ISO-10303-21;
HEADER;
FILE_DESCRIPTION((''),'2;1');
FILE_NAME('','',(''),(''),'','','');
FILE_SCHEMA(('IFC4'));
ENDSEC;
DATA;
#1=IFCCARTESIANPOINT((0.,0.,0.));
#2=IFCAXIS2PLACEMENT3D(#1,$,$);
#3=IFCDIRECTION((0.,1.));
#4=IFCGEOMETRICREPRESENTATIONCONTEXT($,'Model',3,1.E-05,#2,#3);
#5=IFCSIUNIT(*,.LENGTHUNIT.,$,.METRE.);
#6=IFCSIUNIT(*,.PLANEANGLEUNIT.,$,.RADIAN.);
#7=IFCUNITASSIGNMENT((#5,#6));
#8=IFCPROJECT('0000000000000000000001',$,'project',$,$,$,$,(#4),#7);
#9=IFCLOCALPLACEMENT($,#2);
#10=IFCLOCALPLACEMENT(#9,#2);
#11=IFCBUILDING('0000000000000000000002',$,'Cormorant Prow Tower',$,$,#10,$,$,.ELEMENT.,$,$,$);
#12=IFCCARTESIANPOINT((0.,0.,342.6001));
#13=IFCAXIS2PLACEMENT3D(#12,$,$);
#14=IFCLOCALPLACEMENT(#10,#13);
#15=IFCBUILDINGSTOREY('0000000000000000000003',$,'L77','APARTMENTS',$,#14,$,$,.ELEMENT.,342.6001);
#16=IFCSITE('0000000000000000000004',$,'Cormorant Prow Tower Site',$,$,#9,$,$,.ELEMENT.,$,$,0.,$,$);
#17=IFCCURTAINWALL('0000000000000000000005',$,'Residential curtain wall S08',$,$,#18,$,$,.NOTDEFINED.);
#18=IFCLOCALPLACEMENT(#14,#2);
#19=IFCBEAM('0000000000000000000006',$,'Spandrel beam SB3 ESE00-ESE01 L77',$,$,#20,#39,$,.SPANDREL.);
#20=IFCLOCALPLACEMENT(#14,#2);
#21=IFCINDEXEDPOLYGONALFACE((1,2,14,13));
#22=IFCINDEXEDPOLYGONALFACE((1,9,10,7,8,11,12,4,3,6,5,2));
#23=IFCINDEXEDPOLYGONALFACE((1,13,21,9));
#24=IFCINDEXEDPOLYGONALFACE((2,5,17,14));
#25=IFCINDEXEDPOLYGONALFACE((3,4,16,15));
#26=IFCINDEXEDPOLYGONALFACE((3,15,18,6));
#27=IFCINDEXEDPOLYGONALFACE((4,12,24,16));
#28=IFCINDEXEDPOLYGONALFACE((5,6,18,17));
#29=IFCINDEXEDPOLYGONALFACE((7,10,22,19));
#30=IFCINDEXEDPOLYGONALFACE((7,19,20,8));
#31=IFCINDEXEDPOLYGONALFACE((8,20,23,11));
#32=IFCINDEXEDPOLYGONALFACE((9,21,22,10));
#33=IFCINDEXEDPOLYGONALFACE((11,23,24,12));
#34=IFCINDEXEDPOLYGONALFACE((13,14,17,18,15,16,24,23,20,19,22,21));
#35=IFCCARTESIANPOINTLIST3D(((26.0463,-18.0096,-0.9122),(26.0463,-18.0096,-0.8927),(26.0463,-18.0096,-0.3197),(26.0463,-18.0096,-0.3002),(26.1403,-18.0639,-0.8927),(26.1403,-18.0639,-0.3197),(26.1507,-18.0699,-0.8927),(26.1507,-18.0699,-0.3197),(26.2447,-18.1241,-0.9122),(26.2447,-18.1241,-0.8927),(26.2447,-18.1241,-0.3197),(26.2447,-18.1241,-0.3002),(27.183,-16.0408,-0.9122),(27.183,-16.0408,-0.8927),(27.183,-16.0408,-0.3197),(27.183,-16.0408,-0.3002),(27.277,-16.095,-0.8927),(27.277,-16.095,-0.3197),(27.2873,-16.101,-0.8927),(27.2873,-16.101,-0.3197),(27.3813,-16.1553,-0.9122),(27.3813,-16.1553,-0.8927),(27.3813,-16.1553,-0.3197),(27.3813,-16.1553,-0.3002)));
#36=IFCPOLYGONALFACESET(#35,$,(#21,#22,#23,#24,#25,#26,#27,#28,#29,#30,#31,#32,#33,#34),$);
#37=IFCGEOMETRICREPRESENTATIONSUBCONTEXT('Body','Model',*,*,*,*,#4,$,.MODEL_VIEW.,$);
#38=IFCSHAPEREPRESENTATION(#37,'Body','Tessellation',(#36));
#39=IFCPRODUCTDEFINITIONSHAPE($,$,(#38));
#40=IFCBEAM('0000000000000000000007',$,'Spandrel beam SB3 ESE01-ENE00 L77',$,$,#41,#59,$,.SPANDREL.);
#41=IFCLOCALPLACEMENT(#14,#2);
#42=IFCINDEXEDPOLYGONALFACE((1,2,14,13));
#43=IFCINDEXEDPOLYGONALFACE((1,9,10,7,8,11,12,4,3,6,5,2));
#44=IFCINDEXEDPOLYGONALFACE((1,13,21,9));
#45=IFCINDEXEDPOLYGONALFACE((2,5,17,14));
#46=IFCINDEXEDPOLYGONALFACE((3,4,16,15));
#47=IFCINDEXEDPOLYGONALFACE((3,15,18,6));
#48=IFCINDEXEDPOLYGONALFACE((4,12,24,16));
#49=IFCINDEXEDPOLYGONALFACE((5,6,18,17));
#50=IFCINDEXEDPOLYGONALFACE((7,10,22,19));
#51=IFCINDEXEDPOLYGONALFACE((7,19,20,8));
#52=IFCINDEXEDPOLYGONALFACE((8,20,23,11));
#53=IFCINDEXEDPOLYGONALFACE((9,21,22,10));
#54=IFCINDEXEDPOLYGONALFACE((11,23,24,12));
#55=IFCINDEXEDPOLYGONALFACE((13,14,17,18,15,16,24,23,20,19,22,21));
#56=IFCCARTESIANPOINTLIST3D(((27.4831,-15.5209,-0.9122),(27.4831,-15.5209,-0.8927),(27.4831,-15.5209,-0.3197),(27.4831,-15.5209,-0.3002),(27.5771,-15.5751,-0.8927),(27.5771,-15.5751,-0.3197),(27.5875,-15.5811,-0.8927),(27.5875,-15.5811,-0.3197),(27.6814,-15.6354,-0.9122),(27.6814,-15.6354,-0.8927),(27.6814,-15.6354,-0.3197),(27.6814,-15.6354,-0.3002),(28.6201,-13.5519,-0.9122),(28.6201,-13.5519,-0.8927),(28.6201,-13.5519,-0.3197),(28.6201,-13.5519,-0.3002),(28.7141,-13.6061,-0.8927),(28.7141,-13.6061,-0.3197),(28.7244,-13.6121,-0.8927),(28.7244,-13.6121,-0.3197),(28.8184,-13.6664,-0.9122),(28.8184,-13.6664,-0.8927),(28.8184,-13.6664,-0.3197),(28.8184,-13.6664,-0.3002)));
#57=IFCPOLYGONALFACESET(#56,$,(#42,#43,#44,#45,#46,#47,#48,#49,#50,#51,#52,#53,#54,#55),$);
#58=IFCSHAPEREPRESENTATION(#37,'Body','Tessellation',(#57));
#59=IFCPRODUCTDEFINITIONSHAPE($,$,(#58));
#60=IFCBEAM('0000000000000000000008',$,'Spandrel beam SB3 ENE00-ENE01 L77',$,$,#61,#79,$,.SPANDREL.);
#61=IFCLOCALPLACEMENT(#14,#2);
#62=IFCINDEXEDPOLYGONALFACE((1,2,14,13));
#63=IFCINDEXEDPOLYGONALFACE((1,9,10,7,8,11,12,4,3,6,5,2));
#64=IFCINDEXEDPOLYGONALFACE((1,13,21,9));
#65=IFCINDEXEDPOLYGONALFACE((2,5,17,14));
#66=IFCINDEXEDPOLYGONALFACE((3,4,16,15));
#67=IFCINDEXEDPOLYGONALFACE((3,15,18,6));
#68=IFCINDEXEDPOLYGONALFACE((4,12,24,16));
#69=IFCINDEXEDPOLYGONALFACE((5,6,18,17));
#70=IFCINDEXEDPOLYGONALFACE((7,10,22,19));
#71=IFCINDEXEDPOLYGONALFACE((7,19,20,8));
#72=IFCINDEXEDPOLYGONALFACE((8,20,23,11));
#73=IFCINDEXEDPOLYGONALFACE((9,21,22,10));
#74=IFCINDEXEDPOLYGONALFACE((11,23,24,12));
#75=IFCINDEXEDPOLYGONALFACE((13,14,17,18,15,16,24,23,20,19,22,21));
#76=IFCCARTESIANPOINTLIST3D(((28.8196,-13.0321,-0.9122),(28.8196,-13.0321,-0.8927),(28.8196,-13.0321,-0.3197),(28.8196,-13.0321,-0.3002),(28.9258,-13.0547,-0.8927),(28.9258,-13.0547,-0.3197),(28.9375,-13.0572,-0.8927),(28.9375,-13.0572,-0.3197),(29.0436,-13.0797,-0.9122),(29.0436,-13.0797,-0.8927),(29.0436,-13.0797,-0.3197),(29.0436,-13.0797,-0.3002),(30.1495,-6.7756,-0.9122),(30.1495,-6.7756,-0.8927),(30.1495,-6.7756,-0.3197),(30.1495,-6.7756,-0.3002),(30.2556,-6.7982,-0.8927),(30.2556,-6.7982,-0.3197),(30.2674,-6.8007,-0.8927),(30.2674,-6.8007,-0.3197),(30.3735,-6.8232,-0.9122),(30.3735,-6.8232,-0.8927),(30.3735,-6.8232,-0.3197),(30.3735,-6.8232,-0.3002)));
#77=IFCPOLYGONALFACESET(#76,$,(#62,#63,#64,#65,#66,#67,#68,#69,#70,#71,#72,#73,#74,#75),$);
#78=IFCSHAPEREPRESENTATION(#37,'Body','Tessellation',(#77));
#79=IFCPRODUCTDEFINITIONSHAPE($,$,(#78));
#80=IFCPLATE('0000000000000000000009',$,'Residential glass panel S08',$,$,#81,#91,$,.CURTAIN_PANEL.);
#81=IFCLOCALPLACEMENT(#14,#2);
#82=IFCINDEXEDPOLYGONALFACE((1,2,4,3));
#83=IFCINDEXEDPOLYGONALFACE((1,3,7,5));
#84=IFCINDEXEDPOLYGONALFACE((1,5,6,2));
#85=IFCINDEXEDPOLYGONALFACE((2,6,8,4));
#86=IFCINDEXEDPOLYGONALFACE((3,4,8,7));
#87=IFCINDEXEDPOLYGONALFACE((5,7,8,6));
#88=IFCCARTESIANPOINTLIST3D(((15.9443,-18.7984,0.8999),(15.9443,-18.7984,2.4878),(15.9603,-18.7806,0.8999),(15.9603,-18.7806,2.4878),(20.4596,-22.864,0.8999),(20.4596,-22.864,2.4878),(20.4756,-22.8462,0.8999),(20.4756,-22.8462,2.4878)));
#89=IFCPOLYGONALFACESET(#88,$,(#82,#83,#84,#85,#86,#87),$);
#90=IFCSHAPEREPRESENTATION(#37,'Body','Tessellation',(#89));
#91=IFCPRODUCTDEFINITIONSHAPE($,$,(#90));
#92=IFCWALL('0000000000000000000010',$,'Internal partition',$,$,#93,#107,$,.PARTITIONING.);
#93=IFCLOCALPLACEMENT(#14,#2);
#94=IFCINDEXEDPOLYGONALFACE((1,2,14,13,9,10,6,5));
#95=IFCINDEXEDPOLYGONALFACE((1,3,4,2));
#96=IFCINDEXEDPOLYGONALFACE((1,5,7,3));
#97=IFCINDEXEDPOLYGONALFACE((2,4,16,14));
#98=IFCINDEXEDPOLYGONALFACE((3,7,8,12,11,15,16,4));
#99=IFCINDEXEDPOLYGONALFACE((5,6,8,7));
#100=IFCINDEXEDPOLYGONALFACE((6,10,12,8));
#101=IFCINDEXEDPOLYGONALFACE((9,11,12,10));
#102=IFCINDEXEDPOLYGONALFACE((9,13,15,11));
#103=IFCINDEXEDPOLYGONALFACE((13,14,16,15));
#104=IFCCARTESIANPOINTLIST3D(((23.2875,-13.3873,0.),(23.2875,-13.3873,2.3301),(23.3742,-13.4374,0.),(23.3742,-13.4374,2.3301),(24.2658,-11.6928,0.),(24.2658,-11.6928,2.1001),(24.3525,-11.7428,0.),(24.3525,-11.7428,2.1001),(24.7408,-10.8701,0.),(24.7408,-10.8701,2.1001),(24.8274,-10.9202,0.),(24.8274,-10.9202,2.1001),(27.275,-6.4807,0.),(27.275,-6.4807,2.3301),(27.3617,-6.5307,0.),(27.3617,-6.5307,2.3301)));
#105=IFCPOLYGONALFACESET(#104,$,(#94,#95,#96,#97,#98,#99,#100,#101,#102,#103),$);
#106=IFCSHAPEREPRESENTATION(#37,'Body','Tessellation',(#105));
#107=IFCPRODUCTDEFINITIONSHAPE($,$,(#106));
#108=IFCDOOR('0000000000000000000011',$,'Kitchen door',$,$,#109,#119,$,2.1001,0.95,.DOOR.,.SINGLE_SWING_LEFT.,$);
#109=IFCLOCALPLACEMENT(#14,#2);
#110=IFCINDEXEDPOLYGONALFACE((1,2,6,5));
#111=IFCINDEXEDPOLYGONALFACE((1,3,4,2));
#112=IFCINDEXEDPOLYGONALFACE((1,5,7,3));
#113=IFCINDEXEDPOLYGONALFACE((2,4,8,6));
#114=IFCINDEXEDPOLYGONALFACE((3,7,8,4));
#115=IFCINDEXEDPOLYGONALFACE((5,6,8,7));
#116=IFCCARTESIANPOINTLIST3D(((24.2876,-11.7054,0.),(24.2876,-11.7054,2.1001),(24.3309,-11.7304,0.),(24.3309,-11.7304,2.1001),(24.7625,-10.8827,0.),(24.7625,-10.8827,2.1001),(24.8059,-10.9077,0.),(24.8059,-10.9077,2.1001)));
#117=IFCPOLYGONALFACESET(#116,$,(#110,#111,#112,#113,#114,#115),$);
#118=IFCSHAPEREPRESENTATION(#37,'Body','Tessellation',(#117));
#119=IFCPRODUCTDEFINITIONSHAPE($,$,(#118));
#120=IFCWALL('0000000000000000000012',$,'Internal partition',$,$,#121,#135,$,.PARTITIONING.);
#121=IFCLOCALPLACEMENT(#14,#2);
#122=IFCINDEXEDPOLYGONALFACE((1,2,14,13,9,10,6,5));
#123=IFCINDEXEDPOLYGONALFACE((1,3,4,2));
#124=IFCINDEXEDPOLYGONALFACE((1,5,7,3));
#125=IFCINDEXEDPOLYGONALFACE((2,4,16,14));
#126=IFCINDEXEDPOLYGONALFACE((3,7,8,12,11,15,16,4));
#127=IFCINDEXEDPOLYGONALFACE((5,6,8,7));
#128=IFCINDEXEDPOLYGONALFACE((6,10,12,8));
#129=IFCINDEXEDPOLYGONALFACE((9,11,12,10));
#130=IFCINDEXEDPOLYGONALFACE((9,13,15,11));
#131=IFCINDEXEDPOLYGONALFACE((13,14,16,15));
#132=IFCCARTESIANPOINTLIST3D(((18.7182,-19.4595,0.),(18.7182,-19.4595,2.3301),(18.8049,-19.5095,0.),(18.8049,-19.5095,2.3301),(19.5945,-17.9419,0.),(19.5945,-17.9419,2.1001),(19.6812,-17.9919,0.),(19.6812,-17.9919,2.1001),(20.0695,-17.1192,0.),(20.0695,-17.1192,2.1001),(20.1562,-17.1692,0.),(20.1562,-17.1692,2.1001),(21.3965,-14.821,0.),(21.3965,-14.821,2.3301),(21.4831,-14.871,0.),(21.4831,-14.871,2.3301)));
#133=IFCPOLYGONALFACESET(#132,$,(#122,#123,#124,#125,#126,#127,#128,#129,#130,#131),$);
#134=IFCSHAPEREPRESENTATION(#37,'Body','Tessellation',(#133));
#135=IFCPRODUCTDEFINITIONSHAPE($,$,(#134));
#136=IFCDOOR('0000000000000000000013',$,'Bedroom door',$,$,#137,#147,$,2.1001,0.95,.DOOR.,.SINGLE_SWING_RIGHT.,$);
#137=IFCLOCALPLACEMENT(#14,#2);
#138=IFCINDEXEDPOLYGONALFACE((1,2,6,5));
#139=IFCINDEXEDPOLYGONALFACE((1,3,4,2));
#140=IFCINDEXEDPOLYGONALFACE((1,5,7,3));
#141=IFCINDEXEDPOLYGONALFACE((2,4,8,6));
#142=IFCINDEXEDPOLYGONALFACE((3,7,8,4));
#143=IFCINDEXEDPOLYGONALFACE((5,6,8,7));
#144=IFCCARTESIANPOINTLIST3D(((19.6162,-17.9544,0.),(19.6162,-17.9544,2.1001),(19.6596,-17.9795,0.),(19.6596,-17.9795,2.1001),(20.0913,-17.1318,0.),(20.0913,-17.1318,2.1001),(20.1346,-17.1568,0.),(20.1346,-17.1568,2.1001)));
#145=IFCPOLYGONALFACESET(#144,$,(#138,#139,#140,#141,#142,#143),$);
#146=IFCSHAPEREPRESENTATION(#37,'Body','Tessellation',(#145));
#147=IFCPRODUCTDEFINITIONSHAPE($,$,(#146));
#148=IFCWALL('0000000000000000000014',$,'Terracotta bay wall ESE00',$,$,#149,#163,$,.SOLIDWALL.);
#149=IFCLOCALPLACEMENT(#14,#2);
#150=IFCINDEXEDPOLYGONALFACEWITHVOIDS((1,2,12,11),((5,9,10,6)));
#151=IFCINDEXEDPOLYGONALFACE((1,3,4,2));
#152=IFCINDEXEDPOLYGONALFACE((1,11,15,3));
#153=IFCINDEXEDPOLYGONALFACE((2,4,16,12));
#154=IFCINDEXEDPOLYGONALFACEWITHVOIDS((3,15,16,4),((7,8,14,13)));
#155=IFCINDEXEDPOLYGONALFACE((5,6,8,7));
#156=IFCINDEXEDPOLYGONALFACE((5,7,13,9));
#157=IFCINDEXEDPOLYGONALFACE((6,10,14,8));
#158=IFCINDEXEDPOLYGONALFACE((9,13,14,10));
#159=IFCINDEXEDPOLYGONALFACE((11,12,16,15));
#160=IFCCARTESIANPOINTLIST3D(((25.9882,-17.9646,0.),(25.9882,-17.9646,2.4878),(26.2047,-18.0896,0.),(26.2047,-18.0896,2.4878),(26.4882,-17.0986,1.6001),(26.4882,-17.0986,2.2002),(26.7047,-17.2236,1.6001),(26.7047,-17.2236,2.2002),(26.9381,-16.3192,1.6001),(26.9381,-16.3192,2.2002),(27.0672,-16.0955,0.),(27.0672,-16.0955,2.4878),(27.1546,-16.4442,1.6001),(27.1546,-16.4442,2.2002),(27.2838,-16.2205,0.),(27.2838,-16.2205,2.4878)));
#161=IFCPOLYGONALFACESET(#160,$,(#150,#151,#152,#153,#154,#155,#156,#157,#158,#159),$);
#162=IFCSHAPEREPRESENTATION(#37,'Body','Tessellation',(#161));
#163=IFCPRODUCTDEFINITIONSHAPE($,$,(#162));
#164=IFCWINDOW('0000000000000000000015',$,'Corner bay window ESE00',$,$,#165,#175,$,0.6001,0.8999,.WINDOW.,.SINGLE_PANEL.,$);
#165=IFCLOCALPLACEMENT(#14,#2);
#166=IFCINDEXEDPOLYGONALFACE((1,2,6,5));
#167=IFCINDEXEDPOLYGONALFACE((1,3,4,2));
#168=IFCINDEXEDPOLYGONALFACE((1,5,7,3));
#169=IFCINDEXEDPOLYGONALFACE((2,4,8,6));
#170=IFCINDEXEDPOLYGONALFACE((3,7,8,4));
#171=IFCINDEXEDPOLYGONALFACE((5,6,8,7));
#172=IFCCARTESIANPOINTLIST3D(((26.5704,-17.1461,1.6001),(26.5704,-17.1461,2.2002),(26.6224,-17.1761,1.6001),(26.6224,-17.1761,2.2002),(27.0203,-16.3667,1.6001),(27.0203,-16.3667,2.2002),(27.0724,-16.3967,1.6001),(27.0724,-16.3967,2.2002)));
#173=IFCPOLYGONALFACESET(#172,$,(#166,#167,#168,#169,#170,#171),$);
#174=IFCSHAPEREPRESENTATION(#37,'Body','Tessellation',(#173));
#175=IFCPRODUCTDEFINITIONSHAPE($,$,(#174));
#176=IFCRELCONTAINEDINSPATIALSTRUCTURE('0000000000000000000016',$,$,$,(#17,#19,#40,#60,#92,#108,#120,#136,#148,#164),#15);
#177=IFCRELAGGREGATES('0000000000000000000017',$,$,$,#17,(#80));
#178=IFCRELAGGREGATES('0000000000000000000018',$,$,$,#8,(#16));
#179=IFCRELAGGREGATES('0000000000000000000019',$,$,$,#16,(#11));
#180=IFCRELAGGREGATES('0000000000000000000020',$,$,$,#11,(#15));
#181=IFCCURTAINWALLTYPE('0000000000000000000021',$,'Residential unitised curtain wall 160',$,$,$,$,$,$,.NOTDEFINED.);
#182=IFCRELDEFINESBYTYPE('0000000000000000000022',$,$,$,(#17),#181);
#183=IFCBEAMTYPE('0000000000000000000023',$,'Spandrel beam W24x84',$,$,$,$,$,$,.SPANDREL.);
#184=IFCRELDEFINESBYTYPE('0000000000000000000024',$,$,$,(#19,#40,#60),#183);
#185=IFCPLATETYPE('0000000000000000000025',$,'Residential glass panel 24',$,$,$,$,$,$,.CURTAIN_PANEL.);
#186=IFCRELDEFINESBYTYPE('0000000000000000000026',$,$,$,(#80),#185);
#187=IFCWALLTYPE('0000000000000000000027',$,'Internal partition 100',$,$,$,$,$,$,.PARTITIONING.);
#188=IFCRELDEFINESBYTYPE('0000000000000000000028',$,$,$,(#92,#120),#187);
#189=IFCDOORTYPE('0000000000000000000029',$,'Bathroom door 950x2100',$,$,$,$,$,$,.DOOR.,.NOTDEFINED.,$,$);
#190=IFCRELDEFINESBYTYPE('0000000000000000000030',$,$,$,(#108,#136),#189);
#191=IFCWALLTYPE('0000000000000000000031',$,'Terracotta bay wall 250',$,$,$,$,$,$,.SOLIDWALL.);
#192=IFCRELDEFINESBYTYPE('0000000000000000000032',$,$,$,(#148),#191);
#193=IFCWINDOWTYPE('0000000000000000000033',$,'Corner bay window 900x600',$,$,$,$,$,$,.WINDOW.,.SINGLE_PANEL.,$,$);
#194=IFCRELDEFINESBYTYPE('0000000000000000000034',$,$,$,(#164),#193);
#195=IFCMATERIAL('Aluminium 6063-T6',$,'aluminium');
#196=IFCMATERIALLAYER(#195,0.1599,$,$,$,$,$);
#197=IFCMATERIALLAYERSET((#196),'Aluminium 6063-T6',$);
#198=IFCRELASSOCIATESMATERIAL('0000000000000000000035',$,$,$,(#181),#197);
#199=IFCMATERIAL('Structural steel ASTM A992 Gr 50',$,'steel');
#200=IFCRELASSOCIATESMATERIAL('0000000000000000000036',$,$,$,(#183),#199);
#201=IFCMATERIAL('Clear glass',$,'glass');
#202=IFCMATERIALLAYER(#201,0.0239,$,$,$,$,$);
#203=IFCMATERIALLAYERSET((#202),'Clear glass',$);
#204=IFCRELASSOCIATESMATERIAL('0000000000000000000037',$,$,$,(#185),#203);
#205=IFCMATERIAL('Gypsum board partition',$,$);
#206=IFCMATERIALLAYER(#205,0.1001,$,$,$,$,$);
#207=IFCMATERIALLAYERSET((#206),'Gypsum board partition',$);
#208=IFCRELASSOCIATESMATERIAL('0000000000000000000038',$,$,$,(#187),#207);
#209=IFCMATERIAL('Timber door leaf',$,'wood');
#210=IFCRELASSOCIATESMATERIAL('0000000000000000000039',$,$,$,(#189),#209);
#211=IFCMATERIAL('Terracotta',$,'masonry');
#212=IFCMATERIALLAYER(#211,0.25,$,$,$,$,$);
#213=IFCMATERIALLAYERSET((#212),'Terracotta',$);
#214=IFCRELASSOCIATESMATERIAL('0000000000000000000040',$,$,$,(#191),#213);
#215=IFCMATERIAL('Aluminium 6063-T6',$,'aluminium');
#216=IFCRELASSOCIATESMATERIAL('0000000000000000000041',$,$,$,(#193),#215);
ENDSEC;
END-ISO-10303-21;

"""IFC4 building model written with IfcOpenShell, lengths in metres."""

from ifc_helpers import new_model, si_unit, direction, frame, frame_2d, origin, origin_2d, place, context, subcontext, project, spatial, rectangle, i_section, extrude, material, layer, layer_set, material_profile, profile_set, type_object, element, fill, aggregate, save


model = new_model("IFC4")

# Units and contexts
model_context = context("Model", 3, precision=1e-05, world=origin(), true_north=direction((0.0, 1.0)))
body_context = subcontext(model_context, "Body", "Model", "MODEL_VIEW")
ifc_project = project(units=[si_unit("LENGTHUNIT", "METRE"), si_unit("PLANEANGLEUNIT", "RADIAN")], contexts=[model_context])

# Site, building, storey
site_placement = place(None, origin())
site = spatial("IfcSite", under=ifc_project, at=site_placement, Name="Cormorant Prow Tower Site", CompositionType="ELEMENT", RefElevation=0.0)
building_placement = place(site_placement, origin())
building = spatial("IfcBuilding", under=site, at=building_placement, Name="Cormorant Prow Tower", CompositionType="ELEMENT")
storey_placement = place(building_placement, frame((0.0, 0.0, 342.6001)))
storey = spatial("IfcBuildingStorey", under=building, at=storey_placement, Name="L77", Description="APARTMENTS", CompositionType="ELEMENT", Elevation=342.6001)

# Curtain wall
ifc_material_1 = material(Name="Aluminium 6063-T6", Category="aluminium")
ifc_layer_1 = layer(ifc_material_1, 0.1599)
ifc_layer_set_1 = layer_set([ifc_layer_1], Name="Aluminium 6063-T6")
curtain_wall_type = type_object("IfcCurtainWallType", Name="Residential unitised curtain wall 160", PredefinedType="NOTDEFINED", material=ifc_layer_set_1)
curtain_wall_placement = place(storey_placement, origin())
curtain_wall = element("IfcCurtainWall", 1, at=curtain_wall_placement, inside=storey, type_object=curtain_wall_type, Name="Residential curtain wall S08", PredefinedType="NOTDEFINED")

# Beams
ifc_material_2 = material(Name="Structural steel ASTM A992 Gr 50", Category="steel")
ifc_material_profile_1 = material_profile(ifc_material_2, i_section(OverallWidth=0.229, OverallDepth=0.6121, WebThickness=0.012, FlangeThickness=0.0195, at=origin_2d()), Name="W24x84")
ifc_profile_set_1 = profile_set([ifc_material_profile_1], Name="Structural steel ASTM A992 Gr 50")
beam_type = type_object("IfcBeamType", Name="Spandrel beam W24x84", PredefinedType="SPANDREL", material=ifc_profile_set_1)
beam_1_placement = place(storey_placement, frame((26.1455, -18.0669, -0.6062), z_axis=(0.499973, 0.866041, 0.0), x_axis=(-0.866041, 0.499973, 0.0)))
element("IfcBeam", 2, at=beam_1_placement, inside=storey, type_object=beam_type, Name="Spandrel beam SB3 ESE00-ESE01 L77", PredefinedType="SPANDREL", context=body_context, shape_type="SweptSolid", body=[
    extrude(i_section(OverallWidth=0.229, OverallDepth=0.6121, WebThickness=0.012, FlangeThickness=0.0195, at=origin_2d()), origin(), (0.0, 0.0, 1.0), 2.2734),
])
beam_2_placement = place(storey_placement, frame((27.5823, -15.5781, -0.6062), z_axis=(0.500054, 0.865994, 0.0), x_axis=(-0.865994, 0.500054, 0.0)))
element("IfcBeam", 3, at=beam_2_placement, inside=storey, type_object=beam_type, Name="Spandrel beam SB3 ESE01-ENE00 L77", PredefinedType="SPANDREL", context=body_context, shape_type="SweptSolid", body=[
    extrude(i_section(OverallWidth=0.229, OverallDepth=0.6121, WebThickness=0.012, FlangeThickness=0.0195, at=origin_2d()), origin(), (0.0, 0.0, 1.0), 2.2737),
])
beam_3_placement = place(storey_placement, frame((28.9316, -13.0559, -0.6062), z_axis=(0.207913, 0.978147, 0.0), x_axis=(-0.978147, 0.207913, 0.0)))
element("IfcBeam", 4, at=beam_3_placement, inside=storey, type_object=beam_type, Name="Spandrel beam SB3 ENE00-ENE01 L77", PredefinedType="SPANDREL", context=body_context, shape_type="SweptSolid", body=[
    extrude(i_section(OverallWidth=0.229, OverallDepth=0.6121, WebThickness=0.012, FlangeThickness=0.0195, at=origin_2d()), origin(), (0.0, 0.0, 1.0), 6.3962),
])

# Plate
ifc_material_3 = material(Name="Clear glass", Category="glass")
ifc_layer_2 = layer(ifc_material_3, 0.0239)
ifc_layer_set_2 = layer_set([ifc_layer_2], Name="Clear glass")
plate_type = type_object("IfcPlateType", Name="Residential glass panel 24", PredefinedType="CURTAIN_PANEL", material=ifc_layer_set_2)
plate_placement = place(storey_placement, frame((18.21, -20.8223, 0.8999), z_axis=(0.0, 0.0, 1.0), x_axis=(0.743145, -0.669131, 0.0)))
plate = element("IfcPlate", 5, at=plate_placement, type_object=plate_type, Name="Residential glass panel S08", PredefinedType="CURTAIN_PANEL", context=body_context, shape_type="SweptSolid", body=[
    extrude(rectangle(XDim=6.0759, YDim=0.0239, at=origin_2d()), origin(), (0.0, 0.0, 1.0), 1.5879),
])
aggregate(curtain_wall, [plate])

# Walls, openings, doors
ifc_material_4 = material(Name="Gypsum board partition")
ifc_layer_3 = layer(ifc_material_4, 0.1001)
ifc_layer_set_3 = layer_set([ifc_layer_3], Name="Gypsum board partition")
wall_type_1 = type_object("IfcWallType", Name="Internal partition 100", PredefinedType="PARTITIONING", material=ifc_layer_set_3)
wall_1_placement = place(storey_placement, frame((23.3308, -13.4124, 0.0), z_axis=(0.0, 0.0, 1.0), x_axis=(0.499995, 0.866029, 0.0)))
wall_1 = element("IfcWall", 6, at=wall_1_placement, inside=storey, type_object=wall_type_1, Name="Internal partition", PredefinedType="PARTITIONING", context=body_context, shape_type="SweptSolid", body=[
    extrude(rectangle(XDim=7.9751, YDim=0.1001, at=frame_2d((3.9875, 0.0))), origin(), (0.0, 0.0, 1.0), 2.3301),
])
opening_1_placement = place(wall_1_placement, frame((1.9565, 0.0, 0.0)))
opening_1 = element("IfcOpeningElement", 7, at=opening_1_placement, cuts=wall_1, PredefinedType="OPENING", context=body_context, shape_type="SweptSolid", body=[
    extrude(rectangle(XDim=0.95, YDim=2.1001, at=frame_2d((0.4751, 1.05))), frame((0.0, 0.0601, 0.0), z_axis=(0.0, -1.0, 0.0), x_axis=(1.0, 0.0, 0.0)), (0.0, 0.0, 1.0), 0.1201),
])
ifc_material_5 = material(Name="Timber door leaf", Category="wood")
door_type_1 = type_object("IfcDoorType", Name="Bathroom door 950x2100", OperationType="NOTDEFINED", PredefinedType="DOOR", material=ifc_material_5)
door_1_placement = place(opening_1_placement, origin())
door_1 = element("IfcDoor", 8, at=door_1_placement, inside=storey, type_object=door_type_1, Name="Kitchen door", OperationType="SINGLE_SWING_LEFT", OverallHeight=2.1001, OverallWidth=0.95, PredefinedType="DOOR", context=body_context, shape_type="SweptSolid", body=[
    extrude(rectangle(XDim=0.95, YDim=2.1001, at=frame_2d((0.4751, 1.05))), frame((0.0, 0.0249, 0.0), z_axis=(0.0, -1.0, 0.0), x_axis=(1.0, 0.0, 0.0)), (0.0, 0.0, 1.0), 0.05),
])
fill(opening_1, door_1)
wall_2_placement = place(storey_placement, frame((18.7615, -19.4846, 0.0), z_axis=(0.0, 0.0, 1.0), x_axis=(0.500032, 0.866007, 0.0)))
wall_2 = element("IfcWall", 9, at=wall_2_placement, inside=storey, type_object=wall_type_1, Name="Internal partition", PredefinedType="PARTITIONING", context=body_context, shape_type="SweptSolid", body=[
    extrude(rectangle(XDim=5.3562, YDim=0.1001, at=frame_2d((2.6782, 0.0))), origin(), (0.0, 0.0, 1.0), 2.3301),
])
opening_2_placement = place(wall_2_placement, frame((1.7524, 0.0, 0.0)))
opening_2 = element("IfcOpeningElement", 10, at=opening_2_placement, cuts=wall_2, PredefinedType="OPENING", context=body_context, shape_type="SweptSolid", body=[
    extrude(rectangle(XDim=0.95, YDim=2.1001, at=frame_2d((0.4751, 1.05))), frame((0.0, 0.0601, 0.0), z_axis=(0.0, -1.0, 0.0), x_axis=(1.0, 0.0, 0.0)), (0.0, 0.0, 1.0), 0.1201),
])
door_2_placement = place(opening_2_placement, origin())
door_2 = element("IfcDoor", 11, at=door_2_placement, inside=storey, type_object=door_type_1, Name="Bedroom door", OperationType="SINGLE_SWING_RIGHT", OverallHeight=2.1001, OverallWidth=0.95, PredefinedType="DOOR", context=body_context, shape_type="SweptSolid", body=[
    extrude(rectangle(XDim=0.95, YDim=2.1001, at=frame_2d((0.4751, 1.05))), frame((0.0, 0.0249, 0.0), z_axis=(0.0, -1.0, 0.0), x_axis=(1.0, 0.0, 0.0)), (0.0, 0.0, 1.0), 0.05),
])
fill(opening_2, door_2)

# Wall, opening, window
ifc_material_6 = material(Name="Terracotta", Category="masonry")
ifc_layer_4 = layer(ifc_material_6, 0.25)
ifc_layer_set_4 = layer_set([ifc_layer_4], Name="Terracotta")
wall_type_2 = type_object("IfcWallType", Name="Terracotta bay wall 250", PredefinedType="SOLIDWALL", material=ifc_layer_set_4)
wall_3_placement = place(storey_placement, frame((26.0964, -18.0271, 0.0), z_axis=(0.0, 0.0, 1.0), x_axis=(0.499984, 0.866035, 0.0)))
wall_3 = element("IfcWall", 12, at=wall_3_placement, inside=storey, type_object=wall_type_2, Name="Terracotta bay wall ESE00", PredefinedType="SOLIDWALL", context=body_context, shape_type="SweptSolid", body=[
    extrude(rectangle(XDim=2.1582, YDim=0.25, at=frame_2d((1.0791, 0.0))), origin(), (0.0, 0.0, 1.0), 2.4878),
])
opening_3_placement = place(wall_3_placement, frame((1.0, 0.0, 1.6001)))
opening_3 = element("IfcOpeningElement", 13, at=opening_3_placement, cuts=wall_3, PredefinedType="OPENING", context=body_context, shape_type="SweptSolid", body=[
    extrude(rectangle(XDim=0.8999, YDim=0.6001, at=frame_2d((0.45, 0.3))), frame((0.0, 0.135, 0.0), z_axis=(0.0, -1.0, 0.0), x_axis=(1.0, 0.0, 0.0)), (0.0, 0.0, 1.0), 0.27),
])
ifc_material_7 = material(Name="Aluminium 6063-T6", Category="aluminium")
window_type = type_object("IfcWindowType", Name="Corner bay window 900x600", PartitioningType="SINGLE_PANEL", PredefinedType="WINDOW", material=ifc_material_7)
window_placement = place(opening_3_placement, origin())
window = element("IfcWindow", 14, at=window_placement, inside=storey, type_object=window_type, Name="Corner bay window ESE00", OverallHeight=0.6001, OverallWidth=0.8999, PartitioningType="SINGLE_PANEL", PredefinedType="WINDOW", context=body_context, shape_type="SweptSolid", body=[
    extrude(rectangle(XDim=0.8999, YDim=0.6001, at=frame_2d((0.45, 0.3))), frame((0.0, 0.03, 0.0), z_axis=(0.0, -1.0, 0.0), x_axis=(1.0, 0.0, 0.0)), (0.0, 0.0, 1.0), 0.0601),
])
fill(opening_3, window)

save(model, "model.ifc")
